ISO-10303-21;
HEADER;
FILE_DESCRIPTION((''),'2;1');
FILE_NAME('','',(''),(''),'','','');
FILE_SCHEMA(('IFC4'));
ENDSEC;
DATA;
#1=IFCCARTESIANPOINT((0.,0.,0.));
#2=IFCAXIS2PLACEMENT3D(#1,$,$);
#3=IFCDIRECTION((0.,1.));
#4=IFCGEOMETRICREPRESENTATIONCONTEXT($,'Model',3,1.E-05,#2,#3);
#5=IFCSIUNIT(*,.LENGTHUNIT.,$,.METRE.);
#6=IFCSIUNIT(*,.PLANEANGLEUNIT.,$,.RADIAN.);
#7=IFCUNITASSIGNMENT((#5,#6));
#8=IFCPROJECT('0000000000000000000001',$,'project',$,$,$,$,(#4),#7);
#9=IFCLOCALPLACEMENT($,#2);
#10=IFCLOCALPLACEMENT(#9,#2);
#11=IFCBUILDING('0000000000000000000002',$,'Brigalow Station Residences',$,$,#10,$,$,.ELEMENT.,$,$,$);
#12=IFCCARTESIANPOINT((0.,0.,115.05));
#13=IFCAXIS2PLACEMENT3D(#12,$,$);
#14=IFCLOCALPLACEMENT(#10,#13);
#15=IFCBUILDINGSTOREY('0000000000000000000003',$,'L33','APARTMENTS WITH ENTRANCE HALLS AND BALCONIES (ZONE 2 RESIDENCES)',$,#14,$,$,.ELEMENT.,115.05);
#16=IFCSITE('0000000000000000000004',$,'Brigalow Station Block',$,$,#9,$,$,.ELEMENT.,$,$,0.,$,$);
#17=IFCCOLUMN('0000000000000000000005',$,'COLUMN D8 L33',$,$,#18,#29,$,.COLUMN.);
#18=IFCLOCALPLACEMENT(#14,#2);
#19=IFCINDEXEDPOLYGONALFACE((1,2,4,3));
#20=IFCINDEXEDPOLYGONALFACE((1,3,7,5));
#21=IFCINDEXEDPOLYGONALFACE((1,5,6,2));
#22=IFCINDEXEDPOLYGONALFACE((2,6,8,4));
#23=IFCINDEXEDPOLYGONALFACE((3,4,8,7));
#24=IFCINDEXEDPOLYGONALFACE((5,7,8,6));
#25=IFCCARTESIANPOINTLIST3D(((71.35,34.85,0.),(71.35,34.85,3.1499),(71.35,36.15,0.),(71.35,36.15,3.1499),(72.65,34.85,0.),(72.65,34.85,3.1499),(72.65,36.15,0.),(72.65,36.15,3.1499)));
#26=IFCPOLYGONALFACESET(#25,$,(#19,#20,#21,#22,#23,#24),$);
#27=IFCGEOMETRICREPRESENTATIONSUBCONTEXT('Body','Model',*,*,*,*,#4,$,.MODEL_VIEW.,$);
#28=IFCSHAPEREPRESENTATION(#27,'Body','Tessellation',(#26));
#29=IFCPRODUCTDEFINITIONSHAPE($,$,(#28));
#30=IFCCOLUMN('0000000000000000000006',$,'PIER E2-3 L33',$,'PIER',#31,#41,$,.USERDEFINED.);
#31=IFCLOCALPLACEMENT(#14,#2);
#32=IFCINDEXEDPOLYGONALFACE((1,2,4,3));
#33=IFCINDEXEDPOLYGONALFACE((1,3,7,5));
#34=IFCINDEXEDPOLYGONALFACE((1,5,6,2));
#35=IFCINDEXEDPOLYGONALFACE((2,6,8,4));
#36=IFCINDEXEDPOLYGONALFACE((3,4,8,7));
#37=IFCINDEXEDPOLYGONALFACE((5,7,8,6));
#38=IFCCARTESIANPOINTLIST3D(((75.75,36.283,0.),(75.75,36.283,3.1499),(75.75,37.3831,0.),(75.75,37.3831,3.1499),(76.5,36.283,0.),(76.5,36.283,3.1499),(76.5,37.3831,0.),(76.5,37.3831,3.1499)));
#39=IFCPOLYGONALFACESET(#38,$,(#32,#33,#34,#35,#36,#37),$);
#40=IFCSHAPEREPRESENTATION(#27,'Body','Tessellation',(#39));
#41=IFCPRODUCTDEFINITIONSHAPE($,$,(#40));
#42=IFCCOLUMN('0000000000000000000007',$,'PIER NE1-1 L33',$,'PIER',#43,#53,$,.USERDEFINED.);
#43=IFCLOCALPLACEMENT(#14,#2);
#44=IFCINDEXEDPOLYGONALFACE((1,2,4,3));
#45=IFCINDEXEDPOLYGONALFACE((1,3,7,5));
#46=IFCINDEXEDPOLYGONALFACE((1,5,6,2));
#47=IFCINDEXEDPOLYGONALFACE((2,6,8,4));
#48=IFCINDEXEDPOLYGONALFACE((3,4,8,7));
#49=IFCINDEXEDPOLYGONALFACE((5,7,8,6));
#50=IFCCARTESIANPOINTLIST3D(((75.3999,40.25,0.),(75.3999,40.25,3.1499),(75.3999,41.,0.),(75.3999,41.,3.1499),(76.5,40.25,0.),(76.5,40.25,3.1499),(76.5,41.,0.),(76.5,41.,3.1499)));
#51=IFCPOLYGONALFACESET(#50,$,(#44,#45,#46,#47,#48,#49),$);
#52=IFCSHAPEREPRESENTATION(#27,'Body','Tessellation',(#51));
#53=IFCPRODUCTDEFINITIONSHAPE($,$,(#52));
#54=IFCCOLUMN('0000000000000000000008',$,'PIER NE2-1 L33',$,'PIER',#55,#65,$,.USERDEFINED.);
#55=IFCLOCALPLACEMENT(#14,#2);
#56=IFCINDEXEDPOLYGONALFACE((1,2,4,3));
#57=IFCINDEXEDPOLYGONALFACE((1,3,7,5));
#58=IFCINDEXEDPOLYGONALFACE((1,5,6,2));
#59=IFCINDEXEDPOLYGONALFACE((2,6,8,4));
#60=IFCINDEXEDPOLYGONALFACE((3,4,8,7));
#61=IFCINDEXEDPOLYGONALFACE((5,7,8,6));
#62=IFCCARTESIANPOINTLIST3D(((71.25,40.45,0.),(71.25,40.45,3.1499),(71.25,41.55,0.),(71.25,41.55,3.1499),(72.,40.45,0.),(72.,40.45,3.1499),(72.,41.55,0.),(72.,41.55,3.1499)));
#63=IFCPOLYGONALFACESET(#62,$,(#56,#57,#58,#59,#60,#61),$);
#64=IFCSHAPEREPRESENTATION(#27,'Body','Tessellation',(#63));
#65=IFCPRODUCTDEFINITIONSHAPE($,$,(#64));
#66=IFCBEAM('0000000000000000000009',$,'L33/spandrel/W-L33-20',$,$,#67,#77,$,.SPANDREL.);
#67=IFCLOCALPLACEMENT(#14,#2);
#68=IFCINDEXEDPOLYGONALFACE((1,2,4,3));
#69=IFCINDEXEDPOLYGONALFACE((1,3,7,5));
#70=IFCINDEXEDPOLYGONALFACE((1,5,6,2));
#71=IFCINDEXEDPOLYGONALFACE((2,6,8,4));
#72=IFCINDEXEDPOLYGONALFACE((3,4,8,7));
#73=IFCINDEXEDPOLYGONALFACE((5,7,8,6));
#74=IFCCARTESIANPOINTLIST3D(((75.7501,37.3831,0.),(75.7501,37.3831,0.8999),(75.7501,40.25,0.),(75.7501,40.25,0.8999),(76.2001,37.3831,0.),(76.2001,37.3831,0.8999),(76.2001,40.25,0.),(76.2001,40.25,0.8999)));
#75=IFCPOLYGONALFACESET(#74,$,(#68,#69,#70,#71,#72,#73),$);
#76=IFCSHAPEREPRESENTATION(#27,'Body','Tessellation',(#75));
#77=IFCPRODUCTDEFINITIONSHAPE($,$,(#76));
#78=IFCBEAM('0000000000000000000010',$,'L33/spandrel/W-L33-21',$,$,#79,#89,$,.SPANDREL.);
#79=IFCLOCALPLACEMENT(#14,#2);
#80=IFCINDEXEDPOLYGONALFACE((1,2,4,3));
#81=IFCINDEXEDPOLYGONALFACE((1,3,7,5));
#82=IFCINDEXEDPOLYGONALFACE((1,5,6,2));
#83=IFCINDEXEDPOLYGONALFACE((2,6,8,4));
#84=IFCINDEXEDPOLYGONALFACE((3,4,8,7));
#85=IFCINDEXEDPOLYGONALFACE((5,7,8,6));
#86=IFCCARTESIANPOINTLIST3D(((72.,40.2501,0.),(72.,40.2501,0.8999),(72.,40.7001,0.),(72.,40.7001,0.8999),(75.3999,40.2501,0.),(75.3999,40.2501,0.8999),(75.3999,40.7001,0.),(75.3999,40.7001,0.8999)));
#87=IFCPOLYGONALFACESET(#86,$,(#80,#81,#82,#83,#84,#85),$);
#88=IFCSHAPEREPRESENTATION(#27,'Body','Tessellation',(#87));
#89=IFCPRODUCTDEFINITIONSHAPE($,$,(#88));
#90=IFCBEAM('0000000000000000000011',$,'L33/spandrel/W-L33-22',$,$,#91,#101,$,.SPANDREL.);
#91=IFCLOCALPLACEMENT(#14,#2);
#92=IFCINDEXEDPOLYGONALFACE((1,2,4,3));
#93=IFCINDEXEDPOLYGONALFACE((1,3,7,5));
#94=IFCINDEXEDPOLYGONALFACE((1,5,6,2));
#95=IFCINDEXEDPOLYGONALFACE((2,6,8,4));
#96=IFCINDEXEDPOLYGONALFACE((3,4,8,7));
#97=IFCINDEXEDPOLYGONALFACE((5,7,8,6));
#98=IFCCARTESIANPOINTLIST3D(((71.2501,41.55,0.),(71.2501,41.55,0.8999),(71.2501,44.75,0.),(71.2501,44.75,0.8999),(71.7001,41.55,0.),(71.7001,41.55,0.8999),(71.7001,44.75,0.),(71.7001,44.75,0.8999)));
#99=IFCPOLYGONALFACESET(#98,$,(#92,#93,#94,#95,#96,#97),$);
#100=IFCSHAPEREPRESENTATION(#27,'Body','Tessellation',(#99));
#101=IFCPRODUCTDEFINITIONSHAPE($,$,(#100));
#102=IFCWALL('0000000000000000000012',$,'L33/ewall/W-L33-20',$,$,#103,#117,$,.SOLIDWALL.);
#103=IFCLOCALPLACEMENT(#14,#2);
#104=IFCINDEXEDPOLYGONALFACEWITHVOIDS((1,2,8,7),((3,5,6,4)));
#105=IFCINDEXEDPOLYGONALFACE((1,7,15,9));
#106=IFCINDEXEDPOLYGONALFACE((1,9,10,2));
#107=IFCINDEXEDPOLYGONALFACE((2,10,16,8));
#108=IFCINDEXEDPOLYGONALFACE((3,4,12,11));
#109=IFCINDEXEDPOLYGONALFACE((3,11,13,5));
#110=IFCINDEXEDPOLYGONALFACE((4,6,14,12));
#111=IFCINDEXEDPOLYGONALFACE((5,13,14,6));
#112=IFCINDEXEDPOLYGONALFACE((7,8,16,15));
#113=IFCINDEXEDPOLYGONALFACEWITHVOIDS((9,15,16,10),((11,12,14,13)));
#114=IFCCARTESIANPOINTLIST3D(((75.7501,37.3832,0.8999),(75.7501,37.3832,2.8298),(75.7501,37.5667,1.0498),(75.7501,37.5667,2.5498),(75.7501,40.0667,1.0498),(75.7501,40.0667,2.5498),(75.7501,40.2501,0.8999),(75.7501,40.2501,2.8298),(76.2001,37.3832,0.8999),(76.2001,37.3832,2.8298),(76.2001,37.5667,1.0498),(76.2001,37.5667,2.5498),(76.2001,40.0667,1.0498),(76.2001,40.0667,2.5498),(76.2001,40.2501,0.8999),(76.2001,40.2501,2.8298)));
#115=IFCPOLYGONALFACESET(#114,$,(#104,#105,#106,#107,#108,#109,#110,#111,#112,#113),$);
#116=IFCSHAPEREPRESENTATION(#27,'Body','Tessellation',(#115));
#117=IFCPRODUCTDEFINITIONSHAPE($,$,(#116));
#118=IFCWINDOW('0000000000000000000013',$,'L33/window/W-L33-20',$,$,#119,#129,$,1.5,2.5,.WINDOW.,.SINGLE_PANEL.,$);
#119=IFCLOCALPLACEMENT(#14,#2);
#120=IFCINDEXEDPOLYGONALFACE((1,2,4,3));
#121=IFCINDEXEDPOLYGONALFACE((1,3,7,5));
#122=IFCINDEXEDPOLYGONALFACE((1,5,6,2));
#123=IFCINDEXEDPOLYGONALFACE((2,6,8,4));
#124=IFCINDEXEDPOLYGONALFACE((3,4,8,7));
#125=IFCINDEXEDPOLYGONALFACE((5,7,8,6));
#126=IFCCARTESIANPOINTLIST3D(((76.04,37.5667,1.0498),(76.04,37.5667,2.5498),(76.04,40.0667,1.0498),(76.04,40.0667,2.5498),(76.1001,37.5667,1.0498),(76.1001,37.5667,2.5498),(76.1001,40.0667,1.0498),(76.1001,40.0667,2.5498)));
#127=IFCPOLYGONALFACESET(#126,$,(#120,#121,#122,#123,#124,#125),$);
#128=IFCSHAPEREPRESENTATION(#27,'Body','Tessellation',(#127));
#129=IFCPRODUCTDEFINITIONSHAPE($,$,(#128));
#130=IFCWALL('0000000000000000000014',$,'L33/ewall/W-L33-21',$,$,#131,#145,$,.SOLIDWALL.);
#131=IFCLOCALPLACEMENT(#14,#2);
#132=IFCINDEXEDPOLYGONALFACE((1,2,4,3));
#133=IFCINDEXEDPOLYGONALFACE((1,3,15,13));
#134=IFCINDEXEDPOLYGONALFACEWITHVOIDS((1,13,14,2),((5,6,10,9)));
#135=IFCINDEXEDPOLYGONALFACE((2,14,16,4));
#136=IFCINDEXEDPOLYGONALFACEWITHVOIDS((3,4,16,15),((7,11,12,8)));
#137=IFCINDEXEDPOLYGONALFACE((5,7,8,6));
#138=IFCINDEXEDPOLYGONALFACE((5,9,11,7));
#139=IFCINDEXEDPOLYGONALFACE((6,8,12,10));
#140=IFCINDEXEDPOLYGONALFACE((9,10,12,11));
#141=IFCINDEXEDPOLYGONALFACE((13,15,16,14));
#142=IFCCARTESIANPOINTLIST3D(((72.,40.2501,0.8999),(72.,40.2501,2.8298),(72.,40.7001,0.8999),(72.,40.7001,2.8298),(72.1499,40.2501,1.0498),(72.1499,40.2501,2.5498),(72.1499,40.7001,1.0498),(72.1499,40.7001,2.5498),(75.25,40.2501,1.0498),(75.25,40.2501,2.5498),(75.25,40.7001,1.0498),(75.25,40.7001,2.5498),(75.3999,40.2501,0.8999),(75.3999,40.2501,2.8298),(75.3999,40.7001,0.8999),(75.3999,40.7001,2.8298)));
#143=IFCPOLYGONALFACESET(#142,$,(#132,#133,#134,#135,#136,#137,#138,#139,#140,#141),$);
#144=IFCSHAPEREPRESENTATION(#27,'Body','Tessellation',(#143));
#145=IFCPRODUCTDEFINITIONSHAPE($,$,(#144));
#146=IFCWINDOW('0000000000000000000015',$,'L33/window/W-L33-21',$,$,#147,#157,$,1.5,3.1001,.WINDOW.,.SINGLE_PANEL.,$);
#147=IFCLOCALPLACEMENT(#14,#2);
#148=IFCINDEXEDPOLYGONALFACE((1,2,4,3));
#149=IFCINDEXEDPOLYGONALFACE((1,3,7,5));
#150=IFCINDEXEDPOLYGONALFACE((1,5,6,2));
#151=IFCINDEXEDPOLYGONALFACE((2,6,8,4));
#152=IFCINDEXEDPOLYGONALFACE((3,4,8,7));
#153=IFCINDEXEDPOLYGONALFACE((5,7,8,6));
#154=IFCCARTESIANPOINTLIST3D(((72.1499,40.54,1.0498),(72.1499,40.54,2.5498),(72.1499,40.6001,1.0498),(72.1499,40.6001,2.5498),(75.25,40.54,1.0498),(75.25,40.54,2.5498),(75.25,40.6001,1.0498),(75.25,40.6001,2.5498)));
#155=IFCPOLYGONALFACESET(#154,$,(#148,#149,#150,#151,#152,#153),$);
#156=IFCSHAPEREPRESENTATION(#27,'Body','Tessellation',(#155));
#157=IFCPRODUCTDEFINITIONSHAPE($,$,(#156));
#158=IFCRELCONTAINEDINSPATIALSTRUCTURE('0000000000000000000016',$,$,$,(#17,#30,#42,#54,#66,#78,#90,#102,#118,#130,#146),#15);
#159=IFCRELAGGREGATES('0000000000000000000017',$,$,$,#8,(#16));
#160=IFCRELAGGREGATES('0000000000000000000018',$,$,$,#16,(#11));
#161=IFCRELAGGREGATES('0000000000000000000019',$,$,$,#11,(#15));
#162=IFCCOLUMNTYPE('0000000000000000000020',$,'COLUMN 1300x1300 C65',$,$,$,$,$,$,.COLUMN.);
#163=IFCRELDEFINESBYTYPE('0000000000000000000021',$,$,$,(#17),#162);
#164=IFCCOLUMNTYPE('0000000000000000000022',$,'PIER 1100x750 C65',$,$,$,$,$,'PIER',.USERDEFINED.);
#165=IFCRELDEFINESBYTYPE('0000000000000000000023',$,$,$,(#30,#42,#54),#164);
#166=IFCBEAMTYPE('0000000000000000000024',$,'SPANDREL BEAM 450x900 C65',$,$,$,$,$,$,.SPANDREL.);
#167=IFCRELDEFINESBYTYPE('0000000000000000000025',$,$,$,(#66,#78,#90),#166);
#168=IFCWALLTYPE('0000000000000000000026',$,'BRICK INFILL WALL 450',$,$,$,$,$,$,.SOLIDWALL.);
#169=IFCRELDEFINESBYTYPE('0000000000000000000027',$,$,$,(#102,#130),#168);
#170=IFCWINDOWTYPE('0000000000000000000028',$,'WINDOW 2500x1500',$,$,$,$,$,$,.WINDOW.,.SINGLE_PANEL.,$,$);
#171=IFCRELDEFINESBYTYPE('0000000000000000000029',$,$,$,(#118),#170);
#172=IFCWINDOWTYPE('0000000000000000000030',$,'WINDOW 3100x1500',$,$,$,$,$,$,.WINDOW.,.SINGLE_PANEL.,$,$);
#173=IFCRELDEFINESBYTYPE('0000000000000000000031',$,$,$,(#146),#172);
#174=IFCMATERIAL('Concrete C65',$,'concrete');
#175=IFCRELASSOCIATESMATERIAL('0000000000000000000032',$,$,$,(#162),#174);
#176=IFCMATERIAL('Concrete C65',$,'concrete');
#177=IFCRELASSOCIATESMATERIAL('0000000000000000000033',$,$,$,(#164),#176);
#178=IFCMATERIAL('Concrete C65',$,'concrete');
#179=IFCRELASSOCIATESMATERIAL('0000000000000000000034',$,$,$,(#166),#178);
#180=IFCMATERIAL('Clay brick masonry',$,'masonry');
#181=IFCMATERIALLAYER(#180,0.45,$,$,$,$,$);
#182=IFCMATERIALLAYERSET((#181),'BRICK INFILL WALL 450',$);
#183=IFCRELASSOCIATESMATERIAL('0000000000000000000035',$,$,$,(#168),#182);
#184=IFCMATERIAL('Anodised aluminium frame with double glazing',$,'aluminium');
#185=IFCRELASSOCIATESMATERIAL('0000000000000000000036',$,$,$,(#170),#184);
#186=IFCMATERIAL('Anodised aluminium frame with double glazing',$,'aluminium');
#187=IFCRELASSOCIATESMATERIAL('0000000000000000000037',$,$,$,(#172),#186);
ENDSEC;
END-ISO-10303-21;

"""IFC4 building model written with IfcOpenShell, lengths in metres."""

from ifc_helpers import new_model, si_unit, direction, frame, frame_2d, origin, origin_2d, place, context, subcontext, project, spatial, rectangle, extrude, material, layer, layer_set, material_profile, profile_set, type_object, element, fill, save


model = new_model("IFC4")

# Units and contexts
model_context = context("Model", 3, precision=1e-05, world=origin(), true_north=direction((0.0, 1.0)))
body_context = subcontext(model_context, "Body", "Model", "MODEL_VIEW")
ifc_project = project(units=[si_unit("LENGTHUNIT", "METRE"), si_unit("PLANEANGLEUNIT", "RADIAN")], contexts=[model_context])

# Site, building, storey
site_placement = place(None, origin())
site = spatial("IfcSite", under=ifc_project, at=site_placement, Name="Brigalow Station Block", CompositionType="ELEMENT", RefElevation=0.0)
building_placement = place(site_placement, origin())
building = spatial("IfcBuilding", under=site, at=building_placement, Name="Brigalow Station Residences", CompositionType="ELEMENT")
storey_placement = place(building_placement, frame((0.0, 0.0, 115.05)))
storey = spatial("IfcBuildingStorey", under=building, at=storey_placement, Name="L33", Description="APARTMENTS WITH ENTRANCE HALLS AND BALCONIES (ZONE 2 RESIDENCES)", CompositionType="ELEMENT", Elevation=115.05)

# Columns
ifc_material_1 = material(Name="Concrete C65", Category="concrete")
ifc_material_profile_1 = material_profile(ifc_material_1, rectangle(XDim=1.3, YDim=1.3, at=origin_2d()), Name="RC1300x1300")
ifc_profile_set_1 = profile_set([ifc_material_profile_1], Name="Concrete C65")
column_type_1 = type_object("IfcColumnType", Name="COLUMN 1300x1300 C65", PredefinedType="COLUMN", material=ifc_profile_set_1)
column_placement = place(storey_placement, frame((72.0, 35.5, 0.0), z_axis=(0.0, 0.0, 1.0), x_axis=(1.0, 0.0, 0.0)))
element("IfcColumn", 1, at=column_placement, inside=storey, type_object=column_type_1, Name="COLUMN D8 L33", PredefinedType="COLUMN", context=body_context, shape_type="SweptSolid", body=[
    extrude(rectangle(XDim=1.3, YDim=1.3, at=origin_2d()), origin(), (0.0, 0.0, 1.0), 3.1499),
])
ifc_material_2 = material(Name="Concrete C65", Category="concrete")
ifc_material_profile_2 = material_profile(ifc_material_2, rectangle(XDim=1.1001, YDim=0.75, at=origin_2d()), Name="RC1100x750")
ifc_profile_set_2 = profile_set([ifc_material_profile_2], Name="Concrete C65")
column_type_2 = type_object("IfcColumnType", Name="PIER 1100x750 C65", ElementType="PIER", PredefinedType="USERDEFINED", material=ifc_profile_set_2)
for number, where, z_axis, x_axis, name in (
    (2, (76.125, 36.833, 0.0), (0.0, 0.0, 1.0), (0.0, 1.0, 0.0), "PIER E2-3 L33"),
    (3, (75.95, 40.625, 0.0), (0.0, 0.0, 1.0), (-1.0, 0.0, 0.0), "PIER NE1-1 L33"),
    (4, (71.625, 41.0, 0.0), (0.0, 0.0, 1.0), (0.0, 1.0, 0.0), "PIER NE2-1 L33"),
):
    element("IfcColumn", number, at=place(storey_placement, frame(where, z_axis=z_axis, x_axis=x_axis)), inside=storey, type_object=column_type_2, Name=name, ObjectType="PIER", PredefinedType="USERDEFINED", context=body_context, shape_type="SweptSolid", body=[
        extrude(rectangle(XDim=1.1001, YDim=0.75, at=origin_2d()), origin(), (0.0, 0.0, 1.0), 3.1499),
    ])

# Beams
ifc_material_3 = material(Name="Concrete C65", Category="concrete")
ifc_material_profile_3 = material_profile(ifc_material_3, rectangle(XDim=0.45, YDim=0.8999, at=origin_2d()), Name="RC450x900")
ifc_profile_set_3 = profile_set([ifc_material_profile_3], Name="Concrete C65")
beam_type = type_object("IfcBeamType", Name="SPANDREL BEAM 450x900 C65", PredefinedType="SPANDREL", material=ifc_profile_set_3)
beam_1_placement = place(storey_placement, frame((75.9751, 37.3831, 0.45), z_axis=(0.0, 1.0, 0.0), x_axis=(-1.0, 0.0, 0.0)))
element("IfcBeam", 5, at=beam_1_placement, inside=storey, type_object=beam_type, Name="L33/spandrel/W-L33-20", PredefinedType="SPANDREL", context=body_context, shape_type="SweptSolid", body=[
    extrude(rectangle(XDim=0.45, YDim=0.8999, at=origin_2d()), origin(), (0.0, 0.0, 1.0), 2.8669),
])
beam_2_placement = place(storey_placement, frame((75.3999, 40.4751, 0.45), z_axis=(-1.0, 0.0, 0.0), x_axis=(0.0, -1.0, 0.0)))
element("IfcBeam", 6, at=beam_2_placement, inside=storey, type_object=beam_type, Name="L33/spandrel/W-L33-21", PredefinedType="SPANDREL", context=body_context, shape_type="SweptSolid", body=[
    extrude(rectangle(XDim=0.45, YDim=0.8999, at=origin_2d()), origin(), (0.0, 0.0, 1.0), 3.3999),
])
beam_3_placement = place(storey_placement, frame((71.4751, 41.55, 0.45), z_axis=(0.0, 1.0, 0.0), x_axis=(-1.0, 0.0, 0.0)))
element("IfcBeam", 7, at=beam_3_placement, inside=storey, type_object=beam_type, Name="L33/spandrel/W-L33-22", PredefinedType="SPANDREL", context=body_context, shape_type="SweptSolid", body=[
    extrude(rectangle(XDim=0.45, YDim=0.8999, at=origin_2d()), origin(), (0.0, 0.0, 1.0), 3.2),
])

# Walls, openings, windows
ifc_material_4 = material(Name="Clay brick masonry", Category="masonry")
ifc_layer_1 = layer(ifc_material_4, 0.45)
ifc_layer_set_1 = layer_set([ifc_layer_1], Name="BRICK INFILL WALL 450")
wall_type_1 = type_object("IfcWallType", Name="BRICK INFILL WALL 450", PredefinedType="SOLIDWALL", material=ifc_layer_set_1)
wall_1_placement = place(storey_placement, frame((75.9751, 37.3831, 0.8999), z_axis=(0.0, 0.0, 1.0), x_axis=(0.0, 1.0, 0.0)))
wall_1 = element("IfcWall", 8, at=wall_1_placement, inside=storey, type_object=wall_type_1, Name="L33/ewall/W-L33-20", PredefinedType="SOLIDWALL", context=body_context, shape_type="SweptSolid", body=[
    extrude(rectangle(XDim=2.8669, YDim=0.45, at=frame_2d((1.4336, 0.0))), origin(), (0.0, 0.0, 1.0), 1.9299),
])
opening_1_placement = place(wall_1_placement, frame((0.1836, 0.0, 0.1499)))
opening_1 = element("IfcOpeningElement", 9, at=opening_1_placement, cuts=wall_1, PredefinedType="OPENING", context=body_context, shape_type="SweptSolid", body=[
    extrude(rectangle(XDim=2.5, YDim=1.5, at=frame_2d((1.25, 0.75))), frame((0.0, 0.2349, 0.0), z_axis=(0.0, -1.0, 0.0), x_axis=(1.0, 0.0, 0.0)), (0.0, 0.0, 1.0), 0.47),
])
ifc_material_5 = material(Name="Anodised aluminium frame with double glazing", Category="aluminium")
window_type_1 = type_object("IfcWindowType", Name="WINDOW 2500x1500", PartitioningType="SINGLE_PANEL", PredefinedType="WINDOW", material=ifc_material_5)
window_1_placement = place(opening_1_placement, origin())
window_1 = element("IfcWindow", 10, at=window_1_placement, inside=storey, type_object=window_type_1, Name="L33/window/W-L33-20", OverallHeight=1.5, OverallWidth=2.5, PartitioningType="SINGLE_PANEL", PredefinedType="WINDOW", context=body_context, shape_type="SweptSolid", body=[
    extrude(rectangle(XDim=2.5, YDim=1.5, at=frame_2d((1.25, 0.75))), frame((0.0, -0.0649, 0.0), z_axis=(0.0, -1.0, 0.0), x_axis=(1.0, 0.0, 0.0)), (0.0, 0.0, 1.0), 0.0601),
])
fill(opening_1, window_1)
wall_2_placement = place(storey_placement, frame((75.3999, 40.4751, 0.8999), z_axis=(0.0, 0.0, 1.0), x_axis=(-1.0, 0.0, 0.0)))
wall_2 = element("IfcWall", 11, at=wall_2_placement, inside=storey, type_object=wall_type_1, Name="L33/ewall/W-L33-21", PredefinedType="SOLIDWALL", context=body_context, shape_type="SweptSolid", body=[
    extrude(rectangle(XDim=3.3999, YDim=0.45, at=frame_2d((1.7, 0.0))), origin(), (0.0, 0.0, 1.0), 1.9299),
])
opening_2_placement = place(wall_2_placement, frame((0.1499, 0.0, 0.1499)))
opening_2 = element("IfcOpeningElement", 12, at=opening_2_placement, cuts=wall_2, PredefinedType="OPENING", context=body_context, shape_type="SweptSolid", body=[
    extrude(rectangle(XDim=3.1001, YDim=1.5, at=frame_2d((1.55, 0.75))), frame((0.0, 0.2349, 0.0), z_axis=(0.0, -1.0, 0.0), x_axis=(1.0, 0.0, 0.0)), (0.0, 0.0, 1.0), 0.47),
])
ifc_material_6 = material(Name="Anodised aluminium frame with double glazing", Category="aluminium")
window_type_2 = type_object("IfcWindowType", Name="WINDOW 3100x1500", PartitioningType="SINGLE_PANEL", PredefinedType="WINDOW", material=ifc_material_6)
window_2_placement = place(opening_2_placement, origin())
window_2 = element("IfcWindow", 13, at=window_2_placement, inside=storey, type_object=window_type_2, Name="L33/window/W-L33-21", OverallHeight=1.5, OverallWidth=3.1001, PartitioningType="SINGLE_PANEL", PredefinedType="WINDOW", context=body_context, shape_type="SweptSolid", body=[
    extrude(rectangle(XDim=3.1001, YDim=1.5, at=frame_2d((1.55, 0.75))), frame((0.0, -0.0649, 0.0), z_axis=(0.0, -1.0, 0.0), x_axis=(1.0, 0.0, 0.0)), (0.0, 0.0, 1.0), 0.0601),
])
fill(opening_2, window_2)

save(model, "model.ifc")
